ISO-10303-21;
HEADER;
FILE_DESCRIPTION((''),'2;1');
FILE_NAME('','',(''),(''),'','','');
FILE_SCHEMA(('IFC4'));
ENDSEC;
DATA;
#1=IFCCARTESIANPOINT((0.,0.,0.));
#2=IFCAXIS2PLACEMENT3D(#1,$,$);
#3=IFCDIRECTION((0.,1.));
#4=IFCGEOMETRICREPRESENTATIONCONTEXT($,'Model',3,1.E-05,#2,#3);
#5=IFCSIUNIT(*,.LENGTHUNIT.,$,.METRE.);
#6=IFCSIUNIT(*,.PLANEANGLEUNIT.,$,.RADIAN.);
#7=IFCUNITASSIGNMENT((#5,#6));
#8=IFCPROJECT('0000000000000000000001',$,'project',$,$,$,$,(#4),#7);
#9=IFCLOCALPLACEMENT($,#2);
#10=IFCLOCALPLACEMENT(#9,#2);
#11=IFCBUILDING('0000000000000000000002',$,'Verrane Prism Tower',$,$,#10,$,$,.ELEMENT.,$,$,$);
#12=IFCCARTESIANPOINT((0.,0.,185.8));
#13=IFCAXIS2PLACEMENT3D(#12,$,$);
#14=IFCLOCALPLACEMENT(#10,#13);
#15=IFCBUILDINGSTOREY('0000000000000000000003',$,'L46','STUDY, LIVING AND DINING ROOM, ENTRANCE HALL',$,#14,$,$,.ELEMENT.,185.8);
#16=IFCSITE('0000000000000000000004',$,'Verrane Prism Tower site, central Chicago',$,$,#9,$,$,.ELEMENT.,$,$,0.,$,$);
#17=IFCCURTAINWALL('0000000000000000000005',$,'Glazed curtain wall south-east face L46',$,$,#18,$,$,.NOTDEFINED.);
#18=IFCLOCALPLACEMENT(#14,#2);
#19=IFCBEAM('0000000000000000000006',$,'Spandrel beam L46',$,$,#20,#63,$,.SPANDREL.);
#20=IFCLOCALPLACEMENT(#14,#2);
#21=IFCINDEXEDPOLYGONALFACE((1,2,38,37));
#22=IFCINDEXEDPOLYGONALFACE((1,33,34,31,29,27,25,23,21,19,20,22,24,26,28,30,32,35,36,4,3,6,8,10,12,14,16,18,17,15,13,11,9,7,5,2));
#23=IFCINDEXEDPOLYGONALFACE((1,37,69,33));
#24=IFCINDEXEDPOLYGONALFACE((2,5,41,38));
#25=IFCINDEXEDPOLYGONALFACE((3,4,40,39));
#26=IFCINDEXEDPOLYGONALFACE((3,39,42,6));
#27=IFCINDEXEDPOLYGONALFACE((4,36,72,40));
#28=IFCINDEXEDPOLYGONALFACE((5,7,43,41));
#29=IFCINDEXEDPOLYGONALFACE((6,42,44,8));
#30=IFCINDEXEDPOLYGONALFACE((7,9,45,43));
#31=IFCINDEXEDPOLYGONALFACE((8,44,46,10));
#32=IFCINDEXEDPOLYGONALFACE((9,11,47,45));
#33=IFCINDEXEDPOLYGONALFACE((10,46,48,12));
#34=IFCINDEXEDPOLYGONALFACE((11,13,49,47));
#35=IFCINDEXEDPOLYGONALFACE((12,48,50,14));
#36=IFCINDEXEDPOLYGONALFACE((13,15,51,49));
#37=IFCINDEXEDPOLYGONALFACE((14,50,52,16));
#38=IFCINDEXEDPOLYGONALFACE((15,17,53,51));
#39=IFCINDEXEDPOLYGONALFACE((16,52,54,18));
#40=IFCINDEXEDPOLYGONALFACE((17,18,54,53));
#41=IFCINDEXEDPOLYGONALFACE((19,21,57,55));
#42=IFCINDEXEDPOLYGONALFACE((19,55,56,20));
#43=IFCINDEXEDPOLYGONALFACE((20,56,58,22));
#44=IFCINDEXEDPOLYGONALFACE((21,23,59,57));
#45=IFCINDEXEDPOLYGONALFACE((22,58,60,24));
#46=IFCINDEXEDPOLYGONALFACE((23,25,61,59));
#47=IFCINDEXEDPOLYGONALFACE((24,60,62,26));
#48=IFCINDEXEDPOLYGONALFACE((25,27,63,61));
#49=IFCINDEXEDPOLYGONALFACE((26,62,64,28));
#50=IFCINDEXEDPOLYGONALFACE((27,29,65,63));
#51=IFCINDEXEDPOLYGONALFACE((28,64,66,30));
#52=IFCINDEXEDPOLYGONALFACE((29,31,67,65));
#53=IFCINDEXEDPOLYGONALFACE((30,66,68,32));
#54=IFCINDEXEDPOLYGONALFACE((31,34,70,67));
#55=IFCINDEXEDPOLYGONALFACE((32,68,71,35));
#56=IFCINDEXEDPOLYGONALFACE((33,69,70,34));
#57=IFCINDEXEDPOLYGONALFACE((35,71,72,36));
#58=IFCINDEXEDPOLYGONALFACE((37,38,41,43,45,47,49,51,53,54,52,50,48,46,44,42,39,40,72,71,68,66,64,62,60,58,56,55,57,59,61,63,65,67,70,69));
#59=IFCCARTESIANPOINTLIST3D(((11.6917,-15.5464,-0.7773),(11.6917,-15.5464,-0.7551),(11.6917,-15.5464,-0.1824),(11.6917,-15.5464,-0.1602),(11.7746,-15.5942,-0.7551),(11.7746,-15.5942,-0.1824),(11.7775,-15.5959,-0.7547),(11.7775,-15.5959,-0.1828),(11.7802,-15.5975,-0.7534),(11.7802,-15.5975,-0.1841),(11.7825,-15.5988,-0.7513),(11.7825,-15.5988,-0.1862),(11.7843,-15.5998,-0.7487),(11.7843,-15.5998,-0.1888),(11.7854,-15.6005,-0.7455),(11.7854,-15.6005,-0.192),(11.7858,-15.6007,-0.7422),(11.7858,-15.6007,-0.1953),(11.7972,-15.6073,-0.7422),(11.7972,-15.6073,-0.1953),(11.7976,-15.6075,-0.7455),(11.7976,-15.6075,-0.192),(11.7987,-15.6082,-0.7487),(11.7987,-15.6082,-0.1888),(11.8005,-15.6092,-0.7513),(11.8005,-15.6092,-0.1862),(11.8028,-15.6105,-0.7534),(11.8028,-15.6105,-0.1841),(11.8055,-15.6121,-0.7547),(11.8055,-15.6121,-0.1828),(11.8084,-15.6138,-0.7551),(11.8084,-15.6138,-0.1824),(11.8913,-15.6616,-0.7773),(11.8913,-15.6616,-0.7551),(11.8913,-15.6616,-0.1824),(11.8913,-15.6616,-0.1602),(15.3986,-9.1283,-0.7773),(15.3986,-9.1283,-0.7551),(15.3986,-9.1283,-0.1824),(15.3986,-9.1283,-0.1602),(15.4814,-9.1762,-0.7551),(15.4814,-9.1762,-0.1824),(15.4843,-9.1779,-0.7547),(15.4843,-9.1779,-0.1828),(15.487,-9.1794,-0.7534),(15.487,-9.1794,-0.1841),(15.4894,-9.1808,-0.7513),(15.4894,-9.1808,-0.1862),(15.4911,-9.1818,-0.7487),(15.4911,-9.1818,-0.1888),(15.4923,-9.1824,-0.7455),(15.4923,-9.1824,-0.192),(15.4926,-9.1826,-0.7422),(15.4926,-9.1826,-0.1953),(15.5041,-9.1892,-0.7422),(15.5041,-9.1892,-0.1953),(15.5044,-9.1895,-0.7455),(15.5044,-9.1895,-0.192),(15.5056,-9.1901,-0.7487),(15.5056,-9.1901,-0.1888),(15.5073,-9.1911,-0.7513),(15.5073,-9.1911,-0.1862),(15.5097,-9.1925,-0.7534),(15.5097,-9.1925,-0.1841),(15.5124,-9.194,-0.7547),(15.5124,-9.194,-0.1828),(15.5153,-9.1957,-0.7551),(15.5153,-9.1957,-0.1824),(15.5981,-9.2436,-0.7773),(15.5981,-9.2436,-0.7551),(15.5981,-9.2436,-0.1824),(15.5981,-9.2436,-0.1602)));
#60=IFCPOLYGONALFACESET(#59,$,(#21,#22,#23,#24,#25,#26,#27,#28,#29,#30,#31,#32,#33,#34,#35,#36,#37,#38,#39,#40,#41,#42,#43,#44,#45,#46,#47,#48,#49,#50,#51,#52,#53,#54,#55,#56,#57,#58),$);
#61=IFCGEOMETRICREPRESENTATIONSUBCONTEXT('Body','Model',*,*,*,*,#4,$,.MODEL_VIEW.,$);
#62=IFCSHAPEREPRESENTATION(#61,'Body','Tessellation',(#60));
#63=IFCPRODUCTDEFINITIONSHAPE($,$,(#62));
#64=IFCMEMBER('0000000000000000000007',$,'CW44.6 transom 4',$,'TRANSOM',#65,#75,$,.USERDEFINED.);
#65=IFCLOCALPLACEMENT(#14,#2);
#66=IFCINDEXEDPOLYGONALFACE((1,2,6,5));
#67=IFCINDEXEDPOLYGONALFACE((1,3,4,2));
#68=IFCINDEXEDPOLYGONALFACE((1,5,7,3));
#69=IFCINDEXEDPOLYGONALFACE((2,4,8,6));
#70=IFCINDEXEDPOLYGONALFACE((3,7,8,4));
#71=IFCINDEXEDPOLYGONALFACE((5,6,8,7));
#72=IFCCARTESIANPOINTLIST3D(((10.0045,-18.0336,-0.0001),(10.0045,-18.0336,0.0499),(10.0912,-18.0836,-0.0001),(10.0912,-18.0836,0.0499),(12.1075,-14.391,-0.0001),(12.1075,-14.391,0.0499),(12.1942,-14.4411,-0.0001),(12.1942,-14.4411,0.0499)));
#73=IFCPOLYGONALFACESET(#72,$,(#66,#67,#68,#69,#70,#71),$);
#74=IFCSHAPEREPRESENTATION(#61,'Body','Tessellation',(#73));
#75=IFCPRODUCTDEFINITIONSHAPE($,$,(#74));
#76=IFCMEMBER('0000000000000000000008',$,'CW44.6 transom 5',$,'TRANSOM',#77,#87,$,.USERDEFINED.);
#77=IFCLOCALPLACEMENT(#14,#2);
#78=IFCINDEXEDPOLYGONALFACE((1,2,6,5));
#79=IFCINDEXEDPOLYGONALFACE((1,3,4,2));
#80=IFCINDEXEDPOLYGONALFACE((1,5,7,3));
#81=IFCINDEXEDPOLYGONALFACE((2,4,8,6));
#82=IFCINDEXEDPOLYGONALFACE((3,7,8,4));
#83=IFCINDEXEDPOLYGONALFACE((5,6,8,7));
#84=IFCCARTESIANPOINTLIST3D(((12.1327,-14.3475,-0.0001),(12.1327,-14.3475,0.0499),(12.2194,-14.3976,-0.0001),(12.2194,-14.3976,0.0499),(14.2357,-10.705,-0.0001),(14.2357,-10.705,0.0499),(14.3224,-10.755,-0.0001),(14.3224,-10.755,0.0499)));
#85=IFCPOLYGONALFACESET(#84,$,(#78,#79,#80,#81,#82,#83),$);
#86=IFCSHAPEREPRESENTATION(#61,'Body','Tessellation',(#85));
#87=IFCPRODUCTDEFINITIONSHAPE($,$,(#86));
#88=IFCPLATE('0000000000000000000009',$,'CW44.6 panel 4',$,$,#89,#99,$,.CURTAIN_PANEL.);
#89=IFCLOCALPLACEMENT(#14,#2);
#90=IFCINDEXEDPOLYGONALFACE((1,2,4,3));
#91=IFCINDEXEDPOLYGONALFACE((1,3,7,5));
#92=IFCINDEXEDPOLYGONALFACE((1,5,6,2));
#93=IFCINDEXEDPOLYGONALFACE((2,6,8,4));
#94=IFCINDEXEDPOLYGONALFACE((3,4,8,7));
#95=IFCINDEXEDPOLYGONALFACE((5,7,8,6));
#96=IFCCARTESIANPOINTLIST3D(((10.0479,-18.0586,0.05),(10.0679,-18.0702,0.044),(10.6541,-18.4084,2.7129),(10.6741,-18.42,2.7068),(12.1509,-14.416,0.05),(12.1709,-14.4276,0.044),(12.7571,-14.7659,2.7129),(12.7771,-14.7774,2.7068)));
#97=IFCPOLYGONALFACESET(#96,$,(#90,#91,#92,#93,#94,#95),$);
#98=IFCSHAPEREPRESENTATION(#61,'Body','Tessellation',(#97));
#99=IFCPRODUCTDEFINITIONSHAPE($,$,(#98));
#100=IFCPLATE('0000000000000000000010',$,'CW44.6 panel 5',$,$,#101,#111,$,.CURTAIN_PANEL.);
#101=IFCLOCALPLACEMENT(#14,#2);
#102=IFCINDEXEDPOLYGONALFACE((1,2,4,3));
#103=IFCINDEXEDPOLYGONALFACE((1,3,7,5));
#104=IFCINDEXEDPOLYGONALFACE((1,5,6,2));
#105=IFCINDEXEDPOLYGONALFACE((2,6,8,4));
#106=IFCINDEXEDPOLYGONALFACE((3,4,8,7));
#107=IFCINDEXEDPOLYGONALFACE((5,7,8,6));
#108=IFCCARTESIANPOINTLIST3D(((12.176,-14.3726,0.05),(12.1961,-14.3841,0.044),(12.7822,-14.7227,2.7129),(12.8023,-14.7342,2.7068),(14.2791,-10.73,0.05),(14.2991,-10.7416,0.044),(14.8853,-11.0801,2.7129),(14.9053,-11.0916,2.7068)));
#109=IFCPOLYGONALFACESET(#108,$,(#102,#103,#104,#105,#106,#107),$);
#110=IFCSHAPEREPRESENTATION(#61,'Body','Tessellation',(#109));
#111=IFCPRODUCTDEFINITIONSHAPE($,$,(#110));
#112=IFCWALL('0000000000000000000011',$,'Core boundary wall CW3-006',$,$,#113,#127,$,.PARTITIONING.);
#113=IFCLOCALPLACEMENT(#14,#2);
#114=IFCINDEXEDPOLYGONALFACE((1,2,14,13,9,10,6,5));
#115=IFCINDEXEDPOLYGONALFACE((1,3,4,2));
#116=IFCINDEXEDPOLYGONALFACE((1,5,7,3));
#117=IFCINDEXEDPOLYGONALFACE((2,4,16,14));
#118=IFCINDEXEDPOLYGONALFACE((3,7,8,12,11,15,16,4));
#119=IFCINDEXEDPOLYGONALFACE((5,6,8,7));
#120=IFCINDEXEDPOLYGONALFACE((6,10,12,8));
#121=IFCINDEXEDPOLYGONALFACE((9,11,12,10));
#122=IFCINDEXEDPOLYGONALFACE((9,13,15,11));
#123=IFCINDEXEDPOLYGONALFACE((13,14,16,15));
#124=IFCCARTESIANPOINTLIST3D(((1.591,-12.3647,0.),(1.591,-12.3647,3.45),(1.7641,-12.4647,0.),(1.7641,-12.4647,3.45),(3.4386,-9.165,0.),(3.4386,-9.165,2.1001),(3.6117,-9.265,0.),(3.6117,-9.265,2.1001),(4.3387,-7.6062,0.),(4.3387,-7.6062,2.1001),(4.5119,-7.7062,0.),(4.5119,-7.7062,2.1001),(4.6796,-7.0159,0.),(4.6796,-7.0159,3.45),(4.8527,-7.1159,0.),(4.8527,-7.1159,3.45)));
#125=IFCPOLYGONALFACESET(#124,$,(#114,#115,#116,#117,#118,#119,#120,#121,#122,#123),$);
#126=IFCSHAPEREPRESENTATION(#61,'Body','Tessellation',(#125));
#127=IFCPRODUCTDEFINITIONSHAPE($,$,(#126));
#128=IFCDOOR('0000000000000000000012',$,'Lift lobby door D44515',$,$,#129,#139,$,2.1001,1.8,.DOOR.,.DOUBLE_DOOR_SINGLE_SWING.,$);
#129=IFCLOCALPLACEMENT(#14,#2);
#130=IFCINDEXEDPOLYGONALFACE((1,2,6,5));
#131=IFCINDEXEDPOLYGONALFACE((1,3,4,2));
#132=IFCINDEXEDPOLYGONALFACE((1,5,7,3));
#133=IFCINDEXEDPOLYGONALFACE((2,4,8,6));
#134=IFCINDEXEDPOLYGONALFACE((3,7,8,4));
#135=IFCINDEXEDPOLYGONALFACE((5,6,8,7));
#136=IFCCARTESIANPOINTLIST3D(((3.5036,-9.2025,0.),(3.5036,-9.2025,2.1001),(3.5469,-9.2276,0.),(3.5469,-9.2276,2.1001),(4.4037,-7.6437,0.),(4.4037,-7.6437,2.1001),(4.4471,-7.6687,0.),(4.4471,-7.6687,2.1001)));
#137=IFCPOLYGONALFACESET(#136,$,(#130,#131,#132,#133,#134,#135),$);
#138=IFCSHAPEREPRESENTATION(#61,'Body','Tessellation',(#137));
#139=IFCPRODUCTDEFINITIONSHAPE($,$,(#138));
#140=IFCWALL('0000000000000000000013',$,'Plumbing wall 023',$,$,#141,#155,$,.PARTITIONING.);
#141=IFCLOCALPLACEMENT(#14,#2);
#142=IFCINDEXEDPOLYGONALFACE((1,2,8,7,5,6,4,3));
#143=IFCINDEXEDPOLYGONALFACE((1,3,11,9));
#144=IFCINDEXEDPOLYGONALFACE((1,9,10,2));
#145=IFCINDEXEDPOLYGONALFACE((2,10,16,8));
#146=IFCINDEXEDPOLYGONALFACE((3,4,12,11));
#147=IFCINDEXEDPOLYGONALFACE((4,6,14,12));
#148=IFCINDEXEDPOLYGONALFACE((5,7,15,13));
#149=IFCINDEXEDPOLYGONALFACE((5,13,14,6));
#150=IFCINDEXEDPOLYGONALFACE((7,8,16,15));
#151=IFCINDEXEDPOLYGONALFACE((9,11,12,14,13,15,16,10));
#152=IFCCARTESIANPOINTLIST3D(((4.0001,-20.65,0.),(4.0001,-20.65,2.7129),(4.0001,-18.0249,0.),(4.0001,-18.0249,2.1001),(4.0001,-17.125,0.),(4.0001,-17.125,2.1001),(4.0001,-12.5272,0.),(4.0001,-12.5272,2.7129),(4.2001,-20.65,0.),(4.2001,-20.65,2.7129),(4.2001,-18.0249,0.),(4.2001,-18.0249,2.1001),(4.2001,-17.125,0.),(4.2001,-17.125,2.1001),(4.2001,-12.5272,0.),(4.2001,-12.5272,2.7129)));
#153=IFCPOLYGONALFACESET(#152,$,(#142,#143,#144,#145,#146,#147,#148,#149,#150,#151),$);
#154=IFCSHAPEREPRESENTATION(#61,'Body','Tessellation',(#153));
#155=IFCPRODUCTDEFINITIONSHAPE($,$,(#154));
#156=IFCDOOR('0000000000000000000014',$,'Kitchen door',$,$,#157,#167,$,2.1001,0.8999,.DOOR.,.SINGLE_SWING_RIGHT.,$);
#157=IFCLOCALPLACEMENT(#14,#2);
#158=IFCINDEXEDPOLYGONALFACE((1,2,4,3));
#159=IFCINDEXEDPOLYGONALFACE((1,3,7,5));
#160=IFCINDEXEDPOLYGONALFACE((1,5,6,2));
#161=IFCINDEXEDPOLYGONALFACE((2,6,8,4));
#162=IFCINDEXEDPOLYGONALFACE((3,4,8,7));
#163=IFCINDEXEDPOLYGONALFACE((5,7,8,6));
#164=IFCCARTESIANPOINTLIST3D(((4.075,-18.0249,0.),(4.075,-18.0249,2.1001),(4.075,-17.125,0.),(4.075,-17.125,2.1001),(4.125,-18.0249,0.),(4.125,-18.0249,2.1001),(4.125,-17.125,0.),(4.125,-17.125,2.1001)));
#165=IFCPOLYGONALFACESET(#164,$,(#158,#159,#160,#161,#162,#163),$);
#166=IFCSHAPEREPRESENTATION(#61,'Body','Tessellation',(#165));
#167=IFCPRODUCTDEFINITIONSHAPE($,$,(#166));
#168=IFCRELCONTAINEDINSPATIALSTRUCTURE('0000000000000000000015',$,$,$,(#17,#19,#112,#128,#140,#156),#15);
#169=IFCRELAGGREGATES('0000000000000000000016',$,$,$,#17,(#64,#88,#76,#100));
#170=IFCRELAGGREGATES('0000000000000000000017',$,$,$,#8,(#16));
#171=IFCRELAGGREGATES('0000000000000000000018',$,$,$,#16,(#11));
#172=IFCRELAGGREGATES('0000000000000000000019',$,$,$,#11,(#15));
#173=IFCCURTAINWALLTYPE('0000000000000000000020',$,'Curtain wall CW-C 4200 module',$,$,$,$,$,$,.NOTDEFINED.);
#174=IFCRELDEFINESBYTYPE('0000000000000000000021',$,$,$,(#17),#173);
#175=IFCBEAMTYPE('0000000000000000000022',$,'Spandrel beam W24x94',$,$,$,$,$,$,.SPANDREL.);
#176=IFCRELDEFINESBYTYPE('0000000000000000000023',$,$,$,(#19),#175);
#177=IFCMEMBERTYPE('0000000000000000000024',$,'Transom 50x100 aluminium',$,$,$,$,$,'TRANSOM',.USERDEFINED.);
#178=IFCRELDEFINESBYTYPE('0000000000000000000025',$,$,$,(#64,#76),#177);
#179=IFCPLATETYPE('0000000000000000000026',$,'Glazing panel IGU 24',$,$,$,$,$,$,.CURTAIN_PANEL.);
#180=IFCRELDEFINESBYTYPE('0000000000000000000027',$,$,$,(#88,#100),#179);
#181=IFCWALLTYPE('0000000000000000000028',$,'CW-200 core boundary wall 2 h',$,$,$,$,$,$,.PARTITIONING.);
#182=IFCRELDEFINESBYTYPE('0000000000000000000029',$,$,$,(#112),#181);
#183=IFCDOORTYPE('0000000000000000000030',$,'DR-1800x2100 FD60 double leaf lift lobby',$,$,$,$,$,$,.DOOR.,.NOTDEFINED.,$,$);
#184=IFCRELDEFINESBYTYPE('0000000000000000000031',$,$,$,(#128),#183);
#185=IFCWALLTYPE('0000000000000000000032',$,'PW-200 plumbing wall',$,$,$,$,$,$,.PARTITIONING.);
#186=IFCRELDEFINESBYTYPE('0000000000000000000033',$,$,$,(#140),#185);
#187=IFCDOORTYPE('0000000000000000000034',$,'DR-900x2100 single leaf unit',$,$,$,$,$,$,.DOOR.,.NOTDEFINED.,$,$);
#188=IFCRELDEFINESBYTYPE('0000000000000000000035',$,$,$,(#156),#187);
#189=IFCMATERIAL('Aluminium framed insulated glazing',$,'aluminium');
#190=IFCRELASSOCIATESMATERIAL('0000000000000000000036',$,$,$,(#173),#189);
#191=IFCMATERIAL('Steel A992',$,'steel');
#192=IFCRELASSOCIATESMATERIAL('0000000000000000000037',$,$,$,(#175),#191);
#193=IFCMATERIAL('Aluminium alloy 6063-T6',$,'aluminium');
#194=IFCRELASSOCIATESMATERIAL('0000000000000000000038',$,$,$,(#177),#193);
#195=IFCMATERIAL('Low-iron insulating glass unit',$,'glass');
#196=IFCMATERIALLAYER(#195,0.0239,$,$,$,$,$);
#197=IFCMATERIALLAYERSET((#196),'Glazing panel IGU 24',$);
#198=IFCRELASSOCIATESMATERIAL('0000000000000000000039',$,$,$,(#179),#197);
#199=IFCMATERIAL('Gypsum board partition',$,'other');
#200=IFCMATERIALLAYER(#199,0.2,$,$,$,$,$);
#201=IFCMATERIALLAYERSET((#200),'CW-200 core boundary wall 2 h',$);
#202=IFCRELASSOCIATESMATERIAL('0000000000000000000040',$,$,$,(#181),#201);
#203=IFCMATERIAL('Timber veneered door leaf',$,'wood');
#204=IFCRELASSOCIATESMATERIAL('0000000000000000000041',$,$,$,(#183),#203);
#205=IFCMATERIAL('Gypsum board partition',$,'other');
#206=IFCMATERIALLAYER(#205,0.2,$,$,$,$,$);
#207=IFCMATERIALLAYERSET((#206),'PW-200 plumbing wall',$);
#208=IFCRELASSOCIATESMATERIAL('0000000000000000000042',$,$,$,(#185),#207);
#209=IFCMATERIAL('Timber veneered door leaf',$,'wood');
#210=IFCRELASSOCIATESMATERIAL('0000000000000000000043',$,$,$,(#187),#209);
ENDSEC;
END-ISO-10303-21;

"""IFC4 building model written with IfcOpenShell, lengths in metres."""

from ifc_helpers import new_model, si_unit, direction, frame, frame_2d, origin, origin_2d, place, context, subcontext, project, spatial, polyline, rectangle, i_section, outline, extrude, material, layer, layer_set, material_profile, profile_set, type_object, element, fill, aggregate, save


model = new_model("IFC4")

# Units and contexts
model_context = context("Model", 3, precision=1e-05, world=origin(), true_north=direction((0.0, 1.0)))
body_context = subcontext(model_context, "Body", "Model", "MODEL_VIEW")
ifc_project = project(units=[si_unit("LENGTHUNIT", "METRE"), si_unit("PLANEANGLEUNIT", "RADIAN")], contexts=[model_context])

# Site, building, storey
site_placement = place(None, origin())
site = spatial("IfcSite", under=ifc_project, at=site_placement, Name="Verrane Prism Tower site, central Chicago", CompositionType="ELEMENT", RefElevation=0.0)
building_placement = place(site_placement, origin())
building = spatial("IfcBuilding", under=site, at=building_placement, Name="Verrane Prism Tower", CompositionType="ELEMENT")
storey_placement = place(building_placement, frame((0.0, 0.0, 185.8)))
storey = spatial("IfcBuildingStorey", under=building, at=storey_placement, Name="L46", Description="STUDY, LIVING AND DINING ROOM, ENTRANCE HALL", CompositionType="ELEMENT", Elevation=185.8)

# Curtain wall
ifc_material_1 = material(Name="Aluminium framed insulated glazing", Category="aluminium")
curtain_wall_type = type_object("IfcCurtainWallType", Name="Curtain wall CW-C 4200 module", PredefinedType="NOTDEFINED", material=ifc_material_1)
curtain_wall_placement = place(storey_placement, origin())
curtain_wall = element("IfcCurtainWall", 1, at=curtain_wall_placement, inside=storey, type_object=curtain_wall_type, Name="Glazed curtain wall south-east face L46", PredefinedType="NOTDEFINED")

# Beam
ifc_material_2 = material(Name="Steel A992", Category="steel")
ifc_material_profile_1 = material_profile(ifc_material_2, i_section(OverallWidth=0.2305, OverallDepth=0.6172, WebThickness=0.0132, FlangeThickness=0.0222, FilletRadius=0.0129, at=origin_2d()), Name="W24x94")
ifc_profile_set_1 = profile_set([ifc_material_profile_1], Name="Steel A992")
beam_type_1 = type_object("IfcBeamType", Name="Spandrel beam W24x94", PredefinedType="SPANDREL", material=ifc_profile_set_1)
beam_1_placement = place(storey_placement, frame((11.7915, -15.604, -0.4688), z_axis=(0.500139, 0.865945, 0.0), x_axis=(-0.865945, 0.500139, 0.0)))
element("IfcBeam", 2, at=beam_1_placement, inside=storey, type_object=beam_type_1, Name="Spandrel beam L46", PredefinedType="SPANDREL", context=body_context, shape_type="SweptSolid", body=[
    extrude(i_section(OverallWidth=0.2305, OverallDepth=0.6172, WebThickness=0.0132, FlangeThickness=0.0222, FilletRadius=0.0129, at=origin_2d()), origin(), (0.0, 0.0, 1.0), 7.4116),
])

# Members
ifc_material_3 = material(Name="Aluminium alloy 6063-T6", Category="aluminium")
ifc_material_profile_2 = material_profile(ifc_material_3, rectangle(XDim=0.1001, YDim=0.05, at=origin_2d()), Name="Transom 50x100 aluminium")
ifc_profile_set_2 = profile_set([ifc_material_profile_2], Name="Aluminium alloy 6063-T6")
member_type_1 = type_object("IfcMemberType", Name="Transom 50x100 aluminium", ElementType="TRANSOM", PredefinedType="USERDEFINED", material=ifc_profile_set_2)
member_1_placement = place(storey_placement, frame((10.0479, -18.0586, 0.0249), z_axis=(0.499997, 0.866027, 0.0), x_axis=(-0.866027, 0.499997, 0.0)))
member_1 = element("IfcMember", 3, at=member_1_placement, type_object=member_type_1, Name="CW44.6 transom 4", ObjectType="TRANSOM", PredefinedType="USERDEFINED", context=body_context, shape_type="SweptSolid", body=[
    extrude(rectangle(XDim=0.1001, YDim=0.05, at=origin_2d()), origin(), (0.0, 0.0, 1.0), 4.2061),
])
member_2_placement = place(storey_placement, frame((12.176, -14.3726, 0.0249), z_axis=(0.499997, 0.866027, 0.0), x_axis=(-0.866027, 0.499997, 0.0)))
member_2 = element("IfcMember", 4, at=member_2_placement, type_object=member_type_1, Name="CW44.6 transom 5", ObjectType="TRANSOM", PredefinedType="USERDEFINED", context=body_context, shape_type="SweptSolid", body=[
    extrude(rectangle(XDim=0.1001, YDim=0.05, at=origin_2d()), origin(), (0.0, 0.0, 1.0), 4.2061),
])

# Plates
ifc_material_4 = material(Name="Low-iron insulating glass unit", Category="glass")
ifc_layer_1 = layer(ifc_material_4, 0.0239)
ifc_layer_set_1 = layer_set([ifc_layer_1], Name="Glazing panel IGU 24")
plate_type = type_object("IfcPlateType", Name="Glazing panel IGU 24", PredefinedType="CURTAIN_PANEL", material=ifc_layer_set_1)
plate_1_placement = place(storey_placement, frame((10.0479, -18.0586, 0.05), z_axis=(-0.837577, 0.483572, 0.254209), x_axis=(0.499997, 0.866027, 0.0)))
plate_1 = element("IfcPlate", 5, at=plate_1_placement, type_object=plate_type, Name="CW44.6 panel 4", PredefinedType="CURTAIN_PANEL", context=body_context, shape_type="SweptSolid", body=[
    extrude(outline(polyline([(0.0, 0.0), (4.2061, 0.0), (4.2062, -2.7533), (0.0001, -2.7533), (0.0, 0.0)])), origin(), (0.0, 0.0, -1.0), 0.0239),
])
plate_2_placement = place(storey_placement, frame((12.176, -14.3726, 0.05), z_axis=(-0.837568, 0.483566, 0.254251), x_axis=(0.499997, 0.866027, 0.0)))
plate_2 = element("IfcPlate", 6, at=plate_2_placement, type_object=plate_type, Name="CW44.6 panel 5", PredefinedType="CURTAIN_PANEL", context=body_context, shape_type="SweptSolid", body=[
    extrude(outline(polyline([(0.0, 0.0), (4.2061, 0.0), (4.206, -2.7533), (-0.0001, -2.7533), (0.0, 0.0)])), origin(), (0.0, 0.0, -1.0), 0.0239),
])
aggregate(curtain_wall, [member_1, plate_1, member_2, plate_2])

# Walls, openings, doors
ifc_material_5 = material(Name="Gypsum board partition", Category="other")
ifc_layer_2 = layer(ifc_material_5, 0.2)
ifc_layer_set_2 = layer_set([ifc_layer_2], Name="CW-200 core boundary wall 2 h")
wall_type_1 = type_object("IfcWallType", Name="CW-200 core boundary wall 2 h", PredefinedType="PARTITIONING", material=ifc_layer_set_2)
wall_1_placement = place(storey_placement, frame((1.6775, -12.4148, 0.0), z_axis=(0.0, 0.0, 1.0), x_axis=(0.500054, 0.865994, 0.0)))
wall_1 = element("IfcWall", 7, at=wall_1_placement, inside=storey, type_object=wall_type_1, Name="Core boundary wall CW3-006", PredefinedType="PARTITIONING", context=body_context, shape_type="SweptSolid", body=[
    extrude(rectangle(XDim=6.1765, YDim=0.2, at=frame_2d((3.0884, 0.0))), origin(), (0.0, 0.0, 1.0), 3.45),
])
opening_1_placement = place(wall_1_placement, frame((3.6951, 0.0, 0.0)))
opening_1 = element("IfcOpeningElement", 8, at=opening_1_placement, cuts=wall_1, PredefinedType="OPENING", context=body_context, shape_type="SweptSolid", body=[
    extrude(rectangle(XDim=1.8, YDim=2.1001, at=frame_2d((0.8999, 1.05))), frame((0.0, 0.1099, 0.0), z_axis=(0.0, -1.0, 0.0), x_axis=(1.0, 0.0, 0.0)), (0.0, 0.0, 1.0), 0.22),
])
ifc_material_6 = material(Name="Timber veneered door leaf", Category="wood")
door_type_1 = type_object("IfcDoorType", Name="DR-1800x2100 FD60 double leaf lift lobby", OperationType="NOTDEFINED", PredefinedType="DOOR", material=ifc_material_6)
door_1_placement = place(opening_1_placement, origin())
door_1 = element("IfcDoor", 9, at=door_1_placement, inside=storey, type_object=door_type_1, Name="Lift lobby door D44515", OperationType="DOUBLE_DOOR_SINGLE_SWING", OverallHeight=2.1001, OverallWidth=1.8, PredefinedType="DOOR", context=body_context, shape_type="SweptSolid", body=[
    extrude(rectangle(XDim=1.8, YDim=2.1001, at=frame_2d((0.8999, 1.05))), frame((0.0, 0.0249, 0.0), z_axis=(0.0, -1.0, 0.0), x_axis=(1.0, 0.0, 0.0)), (0.0, 0.0, 1.0), 0.05),
])
fill(opening_1, door_1)
ifc_material_7 = material(Name="Gypsum board partition", Category="other")
ifc_layer_3 = layer(ifc_material_7, 0.2)
ifc_layer_set_3 = layer_set([ifc_layer_3], Name="PW-200 plumbing wall")
wall_type_2 = type_object("IfcWallType", Name="PW-200 plumbing wall", PredefinedType="PARTITIONING", material=ifc_layer_set_3)
wall_2_placement = place(storey_placement, frame((4.1001, -12.5271, 0.0), z_axis=(0.0, 0.0, 1.0), x_axis=(0.0, -1.0, 0.0)))
wall_2 = element("IfcWall", 10, at=wall_2_placement, inside=storey, type_object=wall_type_2, Name="Plumbing wall 023", PredefinedType="PARTITIONING", context=body_context, shape_type="SweptSolid", body=[
    extrude(rectangle(XDim=8.1228, YDim=0.2, at=frame_2d((4.0615, 0.0))), origin(), (0.0, 0.0, 1.0), 2.7129),
])
opening_2_placement = place(wall_2_placement, frame((4.5979, 0.0, 0.0)))
opening_2 = element("IfcOpeningElement", 11, at=opening_2_placement, cuts=wall_2, PredefinedType="OPENING", context=body_context, shape_type="SweptSolid", body=[
    extrude(rectangle(XDim=0.8999, YDim=2.1001, at=frame_2d((0.45, 1.05))), frame((0.0, 0.1099, 0.0), z_axis=(0.0, -1.0, 0.0), x_axis=(1.0, 0.0, 0.0)), (0.0, 0.0, 1.0), 0.22),
])
ifc_material_8 = material(Name="Timber veneered door leaf", Category="wood")
door_type_2 = type_object("IfcDoorType", Name="DR-900x2100 single leaf unit", OperationType="NOTDEFINED", PredefinedType="DOOR", material=ifc_material_8)
door_2_placement = place(opening_2_placement, origin())
door_2 = element("IfcDoor", 12, at=door_2_placement, inside=storey, type_object=door_type_2, Name="Kitchen door", OperationType="SINGLE_SWING_RIGHT", OverallHeight=2.1001, OverallWidth=0.8999, PredefinedType="DOOR", context=body_context, shape_type="SweptSolid", body=[
    extrude(rectangle(XDim=0.8999, YDim=2.1001, at=frame_2d((0.45, 1.05))), frame((0.0, 0.0249, 0.0), z_axis=(0.0, -1.0, 0.0), x_axis=(1.0, 0.0, 0.0)), (0.0, 0.0, 1.0), 0.05),
])
fill(opening_2, door_2)

save(model, "model.ifc")
